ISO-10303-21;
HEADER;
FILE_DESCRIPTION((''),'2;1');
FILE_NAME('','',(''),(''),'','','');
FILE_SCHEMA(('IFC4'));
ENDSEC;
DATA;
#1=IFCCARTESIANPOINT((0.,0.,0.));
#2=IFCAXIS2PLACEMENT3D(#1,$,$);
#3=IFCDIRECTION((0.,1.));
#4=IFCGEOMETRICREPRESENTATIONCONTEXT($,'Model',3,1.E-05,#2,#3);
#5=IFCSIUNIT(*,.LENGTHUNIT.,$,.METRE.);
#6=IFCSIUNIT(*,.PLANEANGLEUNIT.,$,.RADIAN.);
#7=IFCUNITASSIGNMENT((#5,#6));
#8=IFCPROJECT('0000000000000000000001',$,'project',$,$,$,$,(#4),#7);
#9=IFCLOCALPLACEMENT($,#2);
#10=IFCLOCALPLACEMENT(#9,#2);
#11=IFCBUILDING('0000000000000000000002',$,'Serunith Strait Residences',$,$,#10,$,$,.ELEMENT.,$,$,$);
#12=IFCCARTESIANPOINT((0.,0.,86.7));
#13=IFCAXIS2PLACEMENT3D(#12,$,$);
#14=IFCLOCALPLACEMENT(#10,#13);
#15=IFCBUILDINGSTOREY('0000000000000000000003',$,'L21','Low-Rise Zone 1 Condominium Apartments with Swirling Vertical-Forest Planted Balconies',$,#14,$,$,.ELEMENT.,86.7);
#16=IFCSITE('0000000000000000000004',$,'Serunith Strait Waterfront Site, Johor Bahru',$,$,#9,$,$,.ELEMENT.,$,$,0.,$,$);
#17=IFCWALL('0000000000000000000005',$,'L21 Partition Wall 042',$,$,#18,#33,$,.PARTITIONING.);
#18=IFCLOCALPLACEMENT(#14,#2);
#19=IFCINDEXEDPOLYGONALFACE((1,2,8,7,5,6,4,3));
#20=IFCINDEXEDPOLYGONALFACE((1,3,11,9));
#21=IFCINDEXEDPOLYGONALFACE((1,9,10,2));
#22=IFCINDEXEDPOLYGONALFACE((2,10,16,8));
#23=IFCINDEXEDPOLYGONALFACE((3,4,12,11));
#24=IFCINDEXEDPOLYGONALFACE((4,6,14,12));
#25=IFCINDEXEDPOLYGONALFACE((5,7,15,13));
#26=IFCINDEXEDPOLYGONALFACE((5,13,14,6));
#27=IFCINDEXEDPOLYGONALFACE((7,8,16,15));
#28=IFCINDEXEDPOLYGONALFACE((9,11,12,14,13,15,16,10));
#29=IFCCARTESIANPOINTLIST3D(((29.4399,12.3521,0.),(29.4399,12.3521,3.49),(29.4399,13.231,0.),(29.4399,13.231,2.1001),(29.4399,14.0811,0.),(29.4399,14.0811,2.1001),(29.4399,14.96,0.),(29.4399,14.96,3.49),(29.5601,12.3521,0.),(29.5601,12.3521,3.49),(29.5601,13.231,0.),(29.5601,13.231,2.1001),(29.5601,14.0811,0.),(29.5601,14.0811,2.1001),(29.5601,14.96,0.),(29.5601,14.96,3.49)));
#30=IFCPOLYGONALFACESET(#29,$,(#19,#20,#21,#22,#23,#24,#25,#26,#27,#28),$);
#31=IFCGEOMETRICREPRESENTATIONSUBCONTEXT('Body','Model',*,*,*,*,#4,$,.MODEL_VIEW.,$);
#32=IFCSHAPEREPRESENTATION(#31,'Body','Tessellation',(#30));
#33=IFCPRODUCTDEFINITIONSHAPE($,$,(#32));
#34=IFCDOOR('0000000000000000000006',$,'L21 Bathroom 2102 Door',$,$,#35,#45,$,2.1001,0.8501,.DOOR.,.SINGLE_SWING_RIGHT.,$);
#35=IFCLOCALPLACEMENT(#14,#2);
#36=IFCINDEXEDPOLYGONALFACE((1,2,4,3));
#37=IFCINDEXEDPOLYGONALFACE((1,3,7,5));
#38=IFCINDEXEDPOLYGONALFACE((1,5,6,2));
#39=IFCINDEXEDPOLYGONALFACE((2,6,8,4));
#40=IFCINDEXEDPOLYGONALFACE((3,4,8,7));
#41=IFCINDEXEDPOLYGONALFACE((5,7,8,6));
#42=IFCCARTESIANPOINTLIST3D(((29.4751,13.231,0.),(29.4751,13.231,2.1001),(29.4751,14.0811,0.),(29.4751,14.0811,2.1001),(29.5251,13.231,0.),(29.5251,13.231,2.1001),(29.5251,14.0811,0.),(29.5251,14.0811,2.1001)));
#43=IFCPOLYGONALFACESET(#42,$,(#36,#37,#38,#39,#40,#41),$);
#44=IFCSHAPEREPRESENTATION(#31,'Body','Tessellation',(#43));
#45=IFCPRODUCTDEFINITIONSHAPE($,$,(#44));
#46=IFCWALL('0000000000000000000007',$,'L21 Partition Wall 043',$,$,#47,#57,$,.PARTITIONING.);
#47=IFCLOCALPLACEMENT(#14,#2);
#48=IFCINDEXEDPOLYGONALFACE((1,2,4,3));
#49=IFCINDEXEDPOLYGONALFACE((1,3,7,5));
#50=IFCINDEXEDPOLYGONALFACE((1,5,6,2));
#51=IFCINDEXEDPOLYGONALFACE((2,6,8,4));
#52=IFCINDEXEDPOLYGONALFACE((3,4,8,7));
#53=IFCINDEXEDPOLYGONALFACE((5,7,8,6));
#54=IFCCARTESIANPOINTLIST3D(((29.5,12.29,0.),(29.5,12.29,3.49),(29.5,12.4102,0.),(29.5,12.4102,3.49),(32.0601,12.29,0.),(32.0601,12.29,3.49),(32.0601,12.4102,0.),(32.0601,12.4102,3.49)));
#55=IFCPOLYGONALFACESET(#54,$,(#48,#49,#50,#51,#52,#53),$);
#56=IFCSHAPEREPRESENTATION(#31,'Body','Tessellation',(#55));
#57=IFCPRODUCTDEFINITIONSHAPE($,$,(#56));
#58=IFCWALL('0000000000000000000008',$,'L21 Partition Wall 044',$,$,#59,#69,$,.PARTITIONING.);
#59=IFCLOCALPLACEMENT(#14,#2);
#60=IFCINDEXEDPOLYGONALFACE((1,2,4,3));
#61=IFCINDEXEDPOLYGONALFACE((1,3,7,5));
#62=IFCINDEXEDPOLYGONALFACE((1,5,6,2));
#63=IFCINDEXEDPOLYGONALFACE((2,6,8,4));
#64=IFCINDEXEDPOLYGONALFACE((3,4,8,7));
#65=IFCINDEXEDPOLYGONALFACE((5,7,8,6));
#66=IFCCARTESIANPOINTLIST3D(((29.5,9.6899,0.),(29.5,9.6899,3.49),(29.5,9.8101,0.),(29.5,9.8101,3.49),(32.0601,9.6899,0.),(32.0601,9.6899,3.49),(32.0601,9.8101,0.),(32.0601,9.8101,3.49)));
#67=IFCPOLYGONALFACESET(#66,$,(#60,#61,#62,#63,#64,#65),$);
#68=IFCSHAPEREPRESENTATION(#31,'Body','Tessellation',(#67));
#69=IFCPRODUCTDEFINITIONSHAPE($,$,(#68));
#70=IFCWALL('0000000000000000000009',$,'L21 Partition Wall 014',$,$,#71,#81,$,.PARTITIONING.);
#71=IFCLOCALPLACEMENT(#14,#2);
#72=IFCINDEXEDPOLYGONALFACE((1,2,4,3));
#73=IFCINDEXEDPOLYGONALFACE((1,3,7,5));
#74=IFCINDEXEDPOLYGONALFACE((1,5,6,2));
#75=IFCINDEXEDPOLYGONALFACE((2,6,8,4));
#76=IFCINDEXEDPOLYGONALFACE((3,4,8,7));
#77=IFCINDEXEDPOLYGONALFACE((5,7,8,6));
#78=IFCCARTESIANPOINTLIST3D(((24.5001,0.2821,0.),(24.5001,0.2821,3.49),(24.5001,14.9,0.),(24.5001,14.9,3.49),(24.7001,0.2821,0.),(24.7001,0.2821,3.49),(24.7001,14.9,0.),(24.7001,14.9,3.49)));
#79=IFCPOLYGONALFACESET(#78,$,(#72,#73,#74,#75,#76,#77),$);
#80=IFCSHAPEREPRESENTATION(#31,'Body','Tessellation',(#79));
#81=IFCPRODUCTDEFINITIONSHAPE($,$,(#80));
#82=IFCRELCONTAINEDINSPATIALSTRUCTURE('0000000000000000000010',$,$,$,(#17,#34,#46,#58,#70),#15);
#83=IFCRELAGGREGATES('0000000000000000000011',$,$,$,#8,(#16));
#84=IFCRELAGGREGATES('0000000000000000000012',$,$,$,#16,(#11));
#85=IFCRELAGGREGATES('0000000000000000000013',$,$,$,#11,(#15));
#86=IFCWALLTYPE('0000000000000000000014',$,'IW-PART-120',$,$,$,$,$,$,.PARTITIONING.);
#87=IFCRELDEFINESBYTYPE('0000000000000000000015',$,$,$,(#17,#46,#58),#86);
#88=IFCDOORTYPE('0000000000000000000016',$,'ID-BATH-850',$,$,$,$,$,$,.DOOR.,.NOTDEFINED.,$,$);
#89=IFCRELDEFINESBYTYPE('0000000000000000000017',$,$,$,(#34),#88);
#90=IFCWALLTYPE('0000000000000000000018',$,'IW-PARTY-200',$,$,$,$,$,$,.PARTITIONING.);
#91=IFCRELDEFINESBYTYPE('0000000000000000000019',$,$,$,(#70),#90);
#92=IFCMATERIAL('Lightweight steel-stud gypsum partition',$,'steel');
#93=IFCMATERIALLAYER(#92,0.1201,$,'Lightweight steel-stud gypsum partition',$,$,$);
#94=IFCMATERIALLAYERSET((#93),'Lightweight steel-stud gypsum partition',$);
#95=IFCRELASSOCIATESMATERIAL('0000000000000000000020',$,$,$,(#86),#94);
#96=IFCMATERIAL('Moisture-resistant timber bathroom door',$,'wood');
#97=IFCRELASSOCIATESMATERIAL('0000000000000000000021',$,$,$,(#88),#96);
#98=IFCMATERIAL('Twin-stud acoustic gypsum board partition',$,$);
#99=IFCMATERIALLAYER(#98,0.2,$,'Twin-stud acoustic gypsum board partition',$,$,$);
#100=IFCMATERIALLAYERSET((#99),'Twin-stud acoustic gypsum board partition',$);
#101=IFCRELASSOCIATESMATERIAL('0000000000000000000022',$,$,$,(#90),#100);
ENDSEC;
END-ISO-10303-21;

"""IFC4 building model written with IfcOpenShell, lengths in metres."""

from ifc_helpers import new_model, si_unit, direction, frame, frame_2d, origin, place, context, subcontext, project, spatial, rectangle, extrude, source, transform, mapped, material, layer, layer_set, type_object, element, fill, save


model = new_model("IFC4")

# Units and contexts
model_context = context("Model", 3, precision=1e-05, world=origin(), true_north=direction((0.0, 1.0)))
body_context = subcontext(model_context, "Body", "Model", "MODEL_VIEW")
ifc_project = project(units=[si_unit("LENGTHUNIT", "METRE"), si_unit("PLANEANGLEUNIT", "RADIAN")], contexts=[model_context])

# Site, building, storey
site_placement = place(None, origin())
site = spatial("IfcSite", under=ifc_project, at=site_placement, Name="Serunith Strait Waterfront Site, Johor Bahru", CompositionType="ELEMENT", RefElevation=0.0)
building_placement = place(site_placement, origin())
building = spatial("IfcBuilding", under=site, at=building_placement, Name="Serunith Strait Residences", CompositionType="ELEMENT")
storey_placement = place(building_placement, frame((0.0, 0.0, 86.7)))
storey = spatial("IfcBuildingStorey", under=building, at=storey_placement, Name="L21", Description="Low-Rise Zone 1 Condominium Apartments with Swirling Vertical-Forest Planted Balconies", CompositionType="ELEMENT", Elevation=86.7)

# Shared definitions
ifc_material_1 = material(Name="Lightweight steel-stud gypsum partition", Category="steel")
ifc_layer_1 = layer(ifc_material_1, 0.1201, Name="Lightweight steel-stud gypsum partition")
ifc_layer_set_1 = layer_set([ifc_layer_1], Name="Lightweight steel-stud gypsum partition")
wall_type_1 = type_object("IfcWallType", Name="IW-PART-120", PredefinedType="PARTITIONING", material=ifc_layer_set_1)
shared_shape_1 = source(origin(), body_context, "Body", "SweptSolid", [
    extrude(rectangle(XDim=0.8501, YDim=2.1001, at=frame_2d((0.425, 1.05))), frame((0.0, 0.0249, 0.0), z_axis=(0.0, -1.0, 0.0), x_axis=(1.0, 0.0, 0.0)), (0.0, 0.0, 1.0), 0.05),
])

# Wall, opening, door
wall_1_placement = place(storey_placement, frame((29.5, 12.3521, 0.0), z_axis=(0.0, 0.0, 1.0), x_axis=(0.0, 1.0, 0.0)))
wall_1 = element("IfcWall", 1, at=wall_1_placement, inside=storey, type_object=wall_type_1, Name="L21 Partition Wall 042", PredefinedType="PARTITIONING", context=body_context, shape_type="SweptSolid", body=[
    extrude(rectangle(XDim=2.6079, YDim=0.1201, at=frame_2d((1.304, 0.0))), origin(), (0.0, 0.0, 1.0), 3.49),
])
opening_1_placement = place(wall_1_placement, frame((0.8789, 0.0, 0.0)))
opening_1 = element("IfcOpeningElement", 2, at=opening_1_placement, cuts=wall_1, PredefinedType="OPENING", context=body_context, shape_type="SweptSolid", body=[
    extrude(rectangle(XDim=0.8501, YDim=2.1001, at=frame_2d((0.425, 1.05))), frame((0.0, 0.0701, 0.0), z_axis=(0.0, -1.0, 0.0), x_axis=(1.0, 0.0, 0.0)), (0.0, 0.0, 1.0), 0.1401),
])
ifc_material_2 = material(Name="Moisture-resistant timber bathroom door", Category="wood")
door_type_1 = type_object("IfcDoorType", Name="ID-BATH-850", OperationType="NOTDEFINED", PredefinedType="DOOR", material=ifc_material_2)
door_1_placement = place(opening_1_placement, origin())
door_1 = element("IfcDoor", 3, at=door_1_placement, inside=storey, type_object=door_type_1, Name="L21 Bathroom 2102 Door", OperationType="SINGLE_SWING_RIGHT", OverallHeight=2.1001, OverallWidth=0.8501, PredefinedType="DOOR", context=body_context, shape_type="MappedRepresentation", body=[
    mapped(shared_shape_1, transform((0.0, 0.0, 0.0), scale=1.0)),
])
fill(opening_1, door_1)

# Walls
for number, where, z_axis, x_axis, name in (
    (4, (29.5, 12.3501, 0.0), (0.0, 0.0, 1.0), (1.0, 0.0, 0.0), "L21 Partition Wall 043"),
    (5, (29.5, 9.75, 0.0), (0.0, 0.0, 1.0), (1.0, 0.0, 0.0), "L21 Partition Wall 044"),
):
    element("IfcWall", number, at=place(storey_placement, frame(where, z_axis=z_axis, x_axis=x_axis)), inside=storey, type_object=wall_type_1, Name=name, PredefinedType="PARTITIONING", context=body_context, shape_type="SweptSolid", body=[
        extrude(rectangle(XDim=2.5601, YDim=0.1201, at=frame_2d((1.28, 0.0))), origin(), (0.0, 0.0, 1.0), 3.49),
    ])
ifc_material_3 = material(Name="Twin-stud acoustic gypsum board partition")
ifc_layer_2 = layer(ifc_material_3, 0.2, Name="Twin-stud acoustic gypsum board partition")
ifc_layer_set_2 = layer_set([ifc_layer_2], Name="Twin-stud acoustic gypsum board partition")
wall_type_2 = type_object("IfcWallType", Name="IW-PARTY-200", PredefinedType="PARTITIONING", material=ifc_layer_set_2)
wall_2_placement = place(storey_placement, frame((24.6001, 0.282, 0.0), z_axis=(0.0, 0.0, 1.0), x_axis=(0.0, 1.0, 0.0)))
element("IfcWall", 6, at=wall_2_placement, inside=storey, type_object=wall_type_2, Name="L21 Partition Wall 014", PredefinedType="PARTITIONING", context=body_context, shape_type="SweptSolid", body=[
    extrude(rectangle(XDim=14.6179, YDim=0.2, at=frame_2d((7.3091, 0.0))), origin(), (0.0, 0.0, 1.0), 3.49),
])

save(model, "model.ifc")
